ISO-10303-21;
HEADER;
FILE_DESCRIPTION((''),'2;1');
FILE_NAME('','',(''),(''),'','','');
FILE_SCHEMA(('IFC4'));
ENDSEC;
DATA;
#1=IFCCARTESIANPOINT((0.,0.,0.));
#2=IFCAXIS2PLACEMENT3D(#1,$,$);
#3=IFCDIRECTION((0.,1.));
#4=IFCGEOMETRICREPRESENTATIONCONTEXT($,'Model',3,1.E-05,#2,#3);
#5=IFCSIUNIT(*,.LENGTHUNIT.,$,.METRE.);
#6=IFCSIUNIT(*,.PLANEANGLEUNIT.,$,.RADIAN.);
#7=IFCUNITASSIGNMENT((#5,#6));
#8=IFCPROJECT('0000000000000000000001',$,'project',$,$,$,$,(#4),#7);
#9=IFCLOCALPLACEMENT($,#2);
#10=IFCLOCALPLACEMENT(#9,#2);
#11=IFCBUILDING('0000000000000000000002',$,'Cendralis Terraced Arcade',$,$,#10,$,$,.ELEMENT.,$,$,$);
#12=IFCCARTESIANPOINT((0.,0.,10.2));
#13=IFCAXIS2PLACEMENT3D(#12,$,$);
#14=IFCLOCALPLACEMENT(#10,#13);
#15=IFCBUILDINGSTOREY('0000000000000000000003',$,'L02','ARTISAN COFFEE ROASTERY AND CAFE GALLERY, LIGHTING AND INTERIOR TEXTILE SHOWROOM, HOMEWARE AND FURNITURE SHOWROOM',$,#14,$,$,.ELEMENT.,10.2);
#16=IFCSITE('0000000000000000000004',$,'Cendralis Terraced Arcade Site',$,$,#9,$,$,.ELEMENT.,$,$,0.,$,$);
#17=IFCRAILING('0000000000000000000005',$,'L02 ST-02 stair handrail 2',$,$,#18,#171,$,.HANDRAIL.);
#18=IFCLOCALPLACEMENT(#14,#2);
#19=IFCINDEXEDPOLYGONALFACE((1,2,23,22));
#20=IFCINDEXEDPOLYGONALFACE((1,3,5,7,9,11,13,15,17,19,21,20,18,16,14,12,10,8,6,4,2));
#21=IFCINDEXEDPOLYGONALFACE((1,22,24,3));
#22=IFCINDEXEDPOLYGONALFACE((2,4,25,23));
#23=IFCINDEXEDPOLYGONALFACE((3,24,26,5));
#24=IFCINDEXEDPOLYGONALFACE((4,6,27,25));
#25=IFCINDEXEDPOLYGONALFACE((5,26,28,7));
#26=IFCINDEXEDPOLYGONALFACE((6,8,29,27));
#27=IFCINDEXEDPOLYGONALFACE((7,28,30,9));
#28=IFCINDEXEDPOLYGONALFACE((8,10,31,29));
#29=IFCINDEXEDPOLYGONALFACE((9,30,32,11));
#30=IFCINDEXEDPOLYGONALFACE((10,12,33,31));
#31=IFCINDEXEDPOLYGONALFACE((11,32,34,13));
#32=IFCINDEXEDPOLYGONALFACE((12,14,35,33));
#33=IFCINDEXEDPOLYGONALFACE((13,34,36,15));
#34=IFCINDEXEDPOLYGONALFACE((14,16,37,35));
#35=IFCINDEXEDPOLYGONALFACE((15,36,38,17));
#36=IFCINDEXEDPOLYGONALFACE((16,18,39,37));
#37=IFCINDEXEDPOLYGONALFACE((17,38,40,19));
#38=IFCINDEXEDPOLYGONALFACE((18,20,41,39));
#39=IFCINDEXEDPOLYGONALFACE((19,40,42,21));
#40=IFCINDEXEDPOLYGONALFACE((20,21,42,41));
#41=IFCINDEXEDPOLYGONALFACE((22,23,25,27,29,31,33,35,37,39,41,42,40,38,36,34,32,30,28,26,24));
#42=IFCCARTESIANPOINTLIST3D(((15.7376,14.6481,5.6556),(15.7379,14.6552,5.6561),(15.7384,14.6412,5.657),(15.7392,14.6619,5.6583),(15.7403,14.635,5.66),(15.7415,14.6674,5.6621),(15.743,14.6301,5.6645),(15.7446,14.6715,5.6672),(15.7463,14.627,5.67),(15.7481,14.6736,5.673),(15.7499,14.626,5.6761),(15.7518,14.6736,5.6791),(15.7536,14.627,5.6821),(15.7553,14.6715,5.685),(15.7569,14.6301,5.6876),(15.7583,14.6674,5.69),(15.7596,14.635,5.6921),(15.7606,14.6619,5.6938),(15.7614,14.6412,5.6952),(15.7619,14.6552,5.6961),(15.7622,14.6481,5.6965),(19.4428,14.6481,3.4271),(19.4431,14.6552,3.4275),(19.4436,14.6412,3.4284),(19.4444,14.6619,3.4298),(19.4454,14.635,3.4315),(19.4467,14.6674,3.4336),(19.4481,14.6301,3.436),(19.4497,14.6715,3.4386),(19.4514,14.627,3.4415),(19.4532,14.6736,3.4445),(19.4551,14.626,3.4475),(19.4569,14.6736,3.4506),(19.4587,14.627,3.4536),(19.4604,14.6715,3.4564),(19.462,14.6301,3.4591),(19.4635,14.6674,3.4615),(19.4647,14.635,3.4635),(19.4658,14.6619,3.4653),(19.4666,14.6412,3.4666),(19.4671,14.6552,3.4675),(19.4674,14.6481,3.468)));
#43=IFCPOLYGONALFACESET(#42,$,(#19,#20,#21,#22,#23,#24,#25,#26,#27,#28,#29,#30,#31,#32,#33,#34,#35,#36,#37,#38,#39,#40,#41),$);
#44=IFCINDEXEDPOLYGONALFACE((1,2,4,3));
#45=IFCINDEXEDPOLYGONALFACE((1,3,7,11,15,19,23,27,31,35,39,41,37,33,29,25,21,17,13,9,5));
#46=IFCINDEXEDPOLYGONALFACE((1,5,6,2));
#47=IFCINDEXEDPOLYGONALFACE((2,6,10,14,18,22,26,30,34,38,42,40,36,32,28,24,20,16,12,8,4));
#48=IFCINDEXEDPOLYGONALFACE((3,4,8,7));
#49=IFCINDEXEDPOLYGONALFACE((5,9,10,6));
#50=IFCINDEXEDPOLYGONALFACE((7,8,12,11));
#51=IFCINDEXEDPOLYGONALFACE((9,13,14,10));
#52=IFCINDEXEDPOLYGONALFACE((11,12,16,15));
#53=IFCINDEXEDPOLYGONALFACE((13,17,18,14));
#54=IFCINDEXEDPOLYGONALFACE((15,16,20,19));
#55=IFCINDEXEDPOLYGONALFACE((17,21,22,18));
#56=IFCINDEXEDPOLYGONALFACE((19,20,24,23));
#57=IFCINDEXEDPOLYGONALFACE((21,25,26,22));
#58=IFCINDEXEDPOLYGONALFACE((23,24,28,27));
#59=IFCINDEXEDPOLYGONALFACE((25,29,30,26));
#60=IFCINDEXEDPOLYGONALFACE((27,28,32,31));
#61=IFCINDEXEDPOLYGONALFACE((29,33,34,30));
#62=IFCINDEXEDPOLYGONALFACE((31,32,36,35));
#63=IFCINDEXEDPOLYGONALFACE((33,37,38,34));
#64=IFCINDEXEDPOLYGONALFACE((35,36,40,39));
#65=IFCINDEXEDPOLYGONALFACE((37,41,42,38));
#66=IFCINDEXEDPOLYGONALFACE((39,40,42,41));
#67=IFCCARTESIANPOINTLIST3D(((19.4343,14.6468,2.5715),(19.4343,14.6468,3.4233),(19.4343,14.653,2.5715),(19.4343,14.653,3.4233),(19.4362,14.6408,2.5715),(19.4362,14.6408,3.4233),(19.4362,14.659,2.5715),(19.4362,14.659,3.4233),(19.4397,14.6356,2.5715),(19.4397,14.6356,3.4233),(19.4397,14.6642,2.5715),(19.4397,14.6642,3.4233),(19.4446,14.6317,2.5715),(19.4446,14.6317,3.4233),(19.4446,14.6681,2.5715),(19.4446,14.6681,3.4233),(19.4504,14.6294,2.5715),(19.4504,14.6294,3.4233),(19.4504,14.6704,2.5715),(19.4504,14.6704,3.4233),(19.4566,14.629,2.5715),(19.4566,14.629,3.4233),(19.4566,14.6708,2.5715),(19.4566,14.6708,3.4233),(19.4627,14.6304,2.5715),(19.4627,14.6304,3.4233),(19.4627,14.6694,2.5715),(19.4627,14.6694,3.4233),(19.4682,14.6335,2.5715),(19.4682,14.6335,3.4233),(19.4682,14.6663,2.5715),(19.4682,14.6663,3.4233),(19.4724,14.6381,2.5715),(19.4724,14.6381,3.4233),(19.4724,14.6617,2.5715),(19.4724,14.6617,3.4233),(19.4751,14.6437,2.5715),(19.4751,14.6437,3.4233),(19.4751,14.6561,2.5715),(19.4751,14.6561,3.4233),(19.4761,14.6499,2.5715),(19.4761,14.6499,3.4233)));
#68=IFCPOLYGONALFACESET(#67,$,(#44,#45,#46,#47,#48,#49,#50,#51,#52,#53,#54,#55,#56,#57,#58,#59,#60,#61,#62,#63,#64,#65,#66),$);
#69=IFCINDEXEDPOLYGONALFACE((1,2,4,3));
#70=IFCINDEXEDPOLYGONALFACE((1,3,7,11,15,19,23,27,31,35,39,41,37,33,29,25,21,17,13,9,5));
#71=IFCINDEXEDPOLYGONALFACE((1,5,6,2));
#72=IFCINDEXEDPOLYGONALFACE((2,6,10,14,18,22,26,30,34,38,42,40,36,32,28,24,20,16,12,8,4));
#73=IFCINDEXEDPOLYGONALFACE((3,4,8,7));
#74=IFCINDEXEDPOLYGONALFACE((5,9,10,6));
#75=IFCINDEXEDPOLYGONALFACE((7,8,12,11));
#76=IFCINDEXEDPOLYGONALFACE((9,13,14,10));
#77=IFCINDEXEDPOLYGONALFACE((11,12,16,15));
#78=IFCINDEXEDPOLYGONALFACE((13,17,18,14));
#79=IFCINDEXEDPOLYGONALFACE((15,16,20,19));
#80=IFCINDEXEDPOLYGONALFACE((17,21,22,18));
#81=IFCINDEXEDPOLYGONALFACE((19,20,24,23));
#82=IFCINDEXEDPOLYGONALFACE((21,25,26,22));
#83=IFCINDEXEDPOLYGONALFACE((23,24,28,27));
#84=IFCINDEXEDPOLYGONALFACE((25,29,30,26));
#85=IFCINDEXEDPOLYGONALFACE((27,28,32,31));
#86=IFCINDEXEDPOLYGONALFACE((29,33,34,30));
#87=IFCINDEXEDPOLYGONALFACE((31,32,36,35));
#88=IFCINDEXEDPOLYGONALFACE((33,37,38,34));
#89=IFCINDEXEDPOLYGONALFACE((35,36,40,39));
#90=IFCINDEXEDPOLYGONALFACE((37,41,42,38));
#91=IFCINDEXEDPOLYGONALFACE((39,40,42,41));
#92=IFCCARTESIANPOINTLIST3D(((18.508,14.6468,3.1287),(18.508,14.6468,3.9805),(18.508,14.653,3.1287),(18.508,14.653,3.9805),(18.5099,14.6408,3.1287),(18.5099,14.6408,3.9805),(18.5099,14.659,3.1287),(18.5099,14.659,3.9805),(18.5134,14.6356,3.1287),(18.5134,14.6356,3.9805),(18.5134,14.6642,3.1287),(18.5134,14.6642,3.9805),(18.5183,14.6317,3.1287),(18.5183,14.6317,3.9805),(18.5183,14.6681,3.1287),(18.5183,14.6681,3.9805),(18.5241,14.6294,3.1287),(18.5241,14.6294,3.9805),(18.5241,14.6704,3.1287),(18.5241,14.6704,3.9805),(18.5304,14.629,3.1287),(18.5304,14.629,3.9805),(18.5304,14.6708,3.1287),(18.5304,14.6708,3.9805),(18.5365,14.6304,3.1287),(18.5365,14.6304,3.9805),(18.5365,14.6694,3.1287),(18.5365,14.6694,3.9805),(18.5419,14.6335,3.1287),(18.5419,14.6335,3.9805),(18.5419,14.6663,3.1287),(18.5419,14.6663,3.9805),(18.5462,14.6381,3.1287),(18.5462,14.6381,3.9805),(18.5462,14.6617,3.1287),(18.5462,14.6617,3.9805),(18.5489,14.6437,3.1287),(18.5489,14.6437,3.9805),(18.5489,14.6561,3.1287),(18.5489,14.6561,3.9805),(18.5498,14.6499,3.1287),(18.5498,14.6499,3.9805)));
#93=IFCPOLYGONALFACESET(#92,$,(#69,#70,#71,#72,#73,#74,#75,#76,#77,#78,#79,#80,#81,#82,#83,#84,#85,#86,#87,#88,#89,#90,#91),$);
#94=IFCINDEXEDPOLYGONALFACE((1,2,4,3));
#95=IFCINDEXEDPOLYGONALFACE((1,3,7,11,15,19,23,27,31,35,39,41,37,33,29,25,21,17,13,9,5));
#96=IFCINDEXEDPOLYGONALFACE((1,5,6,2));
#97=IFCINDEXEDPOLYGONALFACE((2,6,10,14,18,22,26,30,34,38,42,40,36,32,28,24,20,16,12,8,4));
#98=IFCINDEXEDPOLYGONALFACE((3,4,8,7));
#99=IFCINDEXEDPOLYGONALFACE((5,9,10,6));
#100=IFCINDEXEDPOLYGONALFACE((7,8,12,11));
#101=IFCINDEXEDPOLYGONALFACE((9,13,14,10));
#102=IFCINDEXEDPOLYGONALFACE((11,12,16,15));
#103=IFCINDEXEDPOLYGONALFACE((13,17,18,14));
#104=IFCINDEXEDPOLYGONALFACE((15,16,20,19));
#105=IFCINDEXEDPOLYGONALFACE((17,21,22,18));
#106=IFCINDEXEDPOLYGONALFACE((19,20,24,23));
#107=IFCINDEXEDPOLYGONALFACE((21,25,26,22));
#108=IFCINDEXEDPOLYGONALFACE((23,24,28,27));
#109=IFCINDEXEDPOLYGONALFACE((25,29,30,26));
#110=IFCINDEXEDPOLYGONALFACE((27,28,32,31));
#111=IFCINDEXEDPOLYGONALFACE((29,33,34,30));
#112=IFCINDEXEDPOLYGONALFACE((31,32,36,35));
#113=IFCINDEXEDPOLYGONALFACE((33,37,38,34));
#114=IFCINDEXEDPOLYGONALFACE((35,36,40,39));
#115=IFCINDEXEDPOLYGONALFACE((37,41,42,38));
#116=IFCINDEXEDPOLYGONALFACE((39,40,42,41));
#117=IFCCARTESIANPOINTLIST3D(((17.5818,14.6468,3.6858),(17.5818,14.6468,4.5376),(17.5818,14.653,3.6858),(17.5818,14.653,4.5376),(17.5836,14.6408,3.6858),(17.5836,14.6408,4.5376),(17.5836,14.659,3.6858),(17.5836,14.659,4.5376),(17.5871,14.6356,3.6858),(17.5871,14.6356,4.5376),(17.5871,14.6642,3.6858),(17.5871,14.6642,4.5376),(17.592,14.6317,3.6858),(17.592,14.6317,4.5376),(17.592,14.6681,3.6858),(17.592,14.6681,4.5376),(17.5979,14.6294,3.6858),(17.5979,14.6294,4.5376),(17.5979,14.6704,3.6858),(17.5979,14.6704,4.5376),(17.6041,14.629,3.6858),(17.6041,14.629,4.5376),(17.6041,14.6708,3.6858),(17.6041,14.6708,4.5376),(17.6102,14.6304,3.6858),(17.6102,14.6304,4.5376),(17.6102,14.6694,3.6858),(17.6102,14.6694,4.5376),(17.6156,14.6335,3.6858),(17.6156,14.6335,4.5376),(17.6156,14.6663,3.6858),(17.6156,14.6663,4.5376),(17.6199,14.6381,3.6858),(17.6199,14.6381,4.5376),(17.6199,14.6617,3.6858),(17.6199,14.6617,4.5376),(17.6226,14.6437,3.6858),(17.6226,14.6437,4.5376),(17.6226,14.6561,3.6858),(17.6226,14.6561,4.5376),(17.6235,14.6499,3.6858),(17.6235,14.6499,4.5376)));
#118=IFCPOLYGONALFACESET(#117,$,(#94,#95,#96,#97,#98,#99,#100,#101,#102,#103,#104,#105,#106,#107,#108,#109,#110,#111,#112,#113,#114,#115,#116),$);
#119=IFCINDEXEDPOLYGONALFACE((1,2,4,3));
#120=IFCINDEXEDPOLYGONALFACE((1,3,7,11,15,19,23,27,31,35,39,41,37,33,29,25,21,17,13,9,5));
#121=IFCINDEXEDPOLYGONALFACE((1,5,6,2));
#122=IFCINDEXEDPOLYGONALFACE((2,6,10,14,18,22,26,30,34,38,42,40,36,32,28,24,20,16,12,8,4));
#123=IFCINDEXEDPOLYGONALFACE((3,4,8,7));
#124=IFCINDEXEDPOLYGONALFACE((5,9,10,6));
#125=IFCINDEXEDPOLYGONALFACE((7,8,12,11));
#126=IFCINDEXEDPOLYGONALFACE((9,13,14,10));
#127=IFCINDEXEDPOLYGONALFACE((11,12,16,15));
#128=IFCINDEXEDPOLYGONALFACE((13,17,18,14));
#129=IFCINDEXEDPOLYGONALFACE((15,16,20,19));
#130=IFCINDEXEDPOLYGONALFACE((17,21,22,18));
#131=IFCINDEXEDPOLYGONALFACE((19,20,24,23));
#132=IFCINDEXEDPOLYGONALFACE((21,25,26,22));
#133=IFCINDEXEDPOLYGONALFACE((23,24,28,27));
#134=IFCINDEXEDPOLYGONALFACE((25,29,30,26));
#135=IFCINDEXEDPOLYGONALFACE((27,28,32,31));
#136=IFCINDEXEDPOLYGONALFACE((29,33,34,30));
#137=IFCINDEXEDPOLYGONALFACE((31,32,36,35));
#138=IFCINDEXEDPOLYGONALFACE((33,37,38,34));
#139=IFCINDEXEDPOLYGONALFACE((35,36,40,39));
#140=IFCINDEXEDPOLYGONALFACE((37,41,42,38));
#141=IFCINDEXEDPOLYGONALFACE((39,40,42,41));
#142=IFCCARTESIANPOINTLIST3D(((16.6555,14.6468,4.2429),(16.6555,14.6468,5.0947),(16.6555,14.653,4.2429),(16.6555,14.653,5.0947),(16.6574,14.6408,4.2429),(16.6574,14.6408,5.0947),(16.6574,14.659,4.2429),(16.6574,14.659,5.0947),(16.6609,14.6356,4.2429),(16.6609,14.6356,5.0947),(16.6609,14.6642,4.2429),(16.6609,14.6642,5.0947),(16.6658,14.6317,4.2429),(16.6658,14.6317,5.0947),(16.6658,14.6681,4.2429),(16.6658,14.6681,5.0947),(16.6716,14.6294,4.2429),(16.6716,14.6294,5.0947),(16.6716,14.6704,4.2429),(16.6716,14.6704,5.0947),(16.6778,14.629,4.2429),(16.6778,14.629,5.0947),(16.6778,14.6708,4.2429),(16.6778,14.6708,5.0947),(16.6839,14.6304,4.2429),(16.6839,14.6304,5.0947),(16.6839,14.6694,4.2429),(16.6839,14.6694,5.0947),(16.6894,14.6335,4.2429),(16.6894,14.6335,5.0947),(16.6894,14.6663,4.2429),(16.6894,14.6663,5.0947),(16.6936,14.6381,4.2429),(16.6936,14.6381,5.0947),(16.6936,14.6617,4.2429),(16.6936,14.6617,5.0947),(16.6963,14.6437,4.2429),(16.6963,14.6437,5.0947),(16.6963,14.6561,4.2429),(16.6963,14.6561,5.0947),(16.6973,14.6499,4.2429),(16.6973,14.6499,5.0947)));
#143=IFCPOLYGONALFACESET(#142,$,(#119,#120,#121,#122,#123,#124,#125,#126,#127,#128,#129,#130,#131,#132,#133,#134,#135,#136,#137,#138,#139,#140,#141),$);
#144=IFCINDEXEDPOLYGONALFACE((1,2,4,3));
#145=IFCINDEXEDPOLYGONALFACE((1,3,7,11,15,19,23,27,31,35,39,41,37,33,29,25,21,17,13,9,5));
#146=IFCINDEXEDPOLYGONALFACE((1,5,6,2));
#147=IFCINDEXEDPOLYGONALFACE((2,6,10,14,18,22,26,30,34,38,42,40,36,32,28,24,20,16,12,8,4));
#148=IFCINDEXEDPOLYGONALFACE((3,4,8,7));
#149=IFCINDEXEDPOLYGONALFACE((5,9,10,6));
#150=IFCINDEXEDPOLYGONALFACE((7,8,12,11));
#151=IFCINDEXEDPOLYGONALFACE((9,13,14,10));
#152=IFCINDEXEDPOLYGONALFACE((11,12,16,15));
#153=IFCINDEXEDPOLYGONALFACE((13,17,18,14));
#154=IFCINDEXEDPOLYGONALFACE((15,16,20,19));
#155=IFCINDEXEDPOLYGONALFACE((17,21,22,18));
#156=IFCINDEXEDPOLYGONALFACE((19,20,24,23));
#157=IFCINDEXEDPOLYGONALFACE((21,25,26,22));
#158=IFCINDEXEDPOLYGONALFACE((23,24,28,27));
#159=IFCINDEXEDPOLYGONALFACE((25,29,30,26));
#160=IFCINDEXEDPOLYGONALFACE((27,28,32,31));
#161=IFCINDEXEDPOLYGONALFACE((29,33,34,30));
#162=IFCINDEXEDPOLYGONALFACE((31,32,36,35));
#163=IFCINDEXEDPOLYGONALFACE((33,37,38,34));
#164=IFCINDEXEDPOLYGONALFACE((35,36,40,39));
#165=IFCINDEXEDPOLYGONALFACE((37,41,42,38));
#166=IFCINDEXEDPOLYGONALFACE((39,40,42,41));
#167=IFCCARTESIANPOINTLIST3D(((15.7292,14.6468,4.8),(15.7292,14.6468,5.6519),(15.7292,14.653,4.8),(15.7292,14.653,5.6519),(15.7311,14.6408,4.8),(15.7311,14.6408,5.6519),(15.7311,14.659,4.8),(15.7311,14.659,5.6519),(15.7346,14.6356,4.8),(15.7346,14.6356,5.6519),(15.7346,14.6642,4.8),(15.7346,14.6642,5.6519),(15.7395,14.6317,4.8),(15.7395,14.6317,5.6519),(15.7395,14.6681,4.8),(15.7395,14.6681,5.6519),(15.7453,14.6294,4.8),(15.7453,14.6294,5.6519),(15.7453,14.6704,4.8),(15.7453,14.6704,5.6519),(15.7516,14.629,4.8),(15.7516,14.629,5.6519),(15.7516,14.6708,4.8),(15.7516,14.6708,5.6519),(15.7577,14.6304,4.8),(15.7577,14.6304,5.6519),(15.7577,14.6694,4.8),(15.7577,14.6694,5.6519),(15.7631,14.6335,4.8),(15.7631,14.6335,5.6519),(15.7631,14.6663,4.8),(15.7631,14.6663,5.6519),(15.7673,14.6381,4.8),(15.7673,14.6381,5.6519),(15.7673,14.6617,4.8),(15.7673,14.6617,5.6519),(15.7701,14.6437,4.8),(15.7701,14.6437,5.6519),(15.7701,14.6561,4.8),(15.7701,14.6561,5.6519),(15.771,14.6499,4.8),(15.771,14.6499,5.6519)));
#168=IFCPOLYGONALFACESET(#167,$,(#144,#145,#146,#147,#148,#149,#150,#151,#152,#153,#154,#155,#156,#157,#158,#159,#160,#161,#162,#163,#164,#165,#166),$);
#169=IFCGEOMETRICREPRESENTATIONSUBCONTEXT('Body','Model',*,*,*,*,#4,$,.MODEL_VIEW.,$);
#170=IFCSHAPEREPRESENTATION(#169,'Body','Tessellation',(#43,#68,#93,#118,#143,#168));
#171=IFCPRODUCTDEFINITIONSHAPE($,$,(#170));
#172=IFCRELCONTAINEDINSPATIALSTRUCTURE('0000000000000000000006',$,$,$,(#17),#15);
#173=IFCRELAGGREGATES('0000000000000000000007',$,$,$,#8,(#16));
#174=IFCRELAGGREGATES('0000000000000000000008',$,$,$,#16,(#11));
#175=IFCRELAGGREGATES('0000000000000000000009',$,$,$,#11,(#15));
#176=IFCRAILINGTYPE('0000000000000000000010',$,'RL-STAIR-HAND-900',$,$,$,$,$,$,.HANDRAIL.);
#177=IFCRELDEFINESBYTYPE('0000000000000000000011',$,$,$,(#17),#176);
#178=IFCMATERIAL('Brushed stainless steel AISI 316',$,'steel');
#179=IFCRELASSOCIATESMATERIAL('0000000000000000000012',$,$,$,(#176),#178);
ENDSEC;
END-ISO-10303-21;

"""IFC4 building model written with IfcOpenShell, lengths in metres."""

from ifc_helpers import new_model, si_unit, direction, frame, origin, origin_2d, place, context, subcontext, project, spatial, circle, extrude, material, type_object, element, save


model = new_model("IFC4")

# Units and contexts
model_context = context("Model", 3, precision=1e-05, world=origin(), true_north=direction((0.0, 1.0)))
body_context = subcontext(model_context, "Body", "Model", "MODEL_VIEW")
ifc_project = project(units=[si_unit("LENGTHUNIT", "METRE"), si_unit("PLANEANGLEUNIT", "RADIAN")], contexts=[model_context])

# Site, building, storey
site_placement = place(None, origin())
site = spatial("IfcSite", under=ifc_project, at=site_placement, Name="Cendralis Terraced Arcade Site", CompositionType="ELEMENT", RefElevation=0.0)
building_placement = place(site_placement, origin())
building = spatial("IfcBuilding", under=site, at=building_placement, Name="Cendralis Terraced Arcade", CompositionType="ELEMENT")
storey_placement = place(building_placement, frame((0.0, 0.0, 10.2)))
storey = spatial("IfcBuildingStorey", under=building, at=storey_placement, Name="L02", Description="ARTISAN COFFEE ROASTERY AND CAFE GALLERY, LIGHTING AND INTERIOR TEXTILE SHOWROOM, HOMEWARE AND FURNITURE SHOWROOM", CompositionType="ELEMENT", Elevation=10.2)

# Railing
ifc_material_1 = material(Name="Brushed stainless steel AISI 316", Category="steel")
railing_type_1 = type_object("IfcRailingType", Name="RL-STAIR-HAND-900", PredefinedType="HANDRAIL", material=ifc_material_1)
railing_1_placement = place(storey_placement, frame((19.4551, 14.6499, 2.5715)))
element("IfcRailing", 1, at=railing_1_placement, inside=storey, type_object=railing_type_1, Name="L02 ST-02 stair handrail 2", PredefinedType="HANDRAIL", context=body_context, shape_type="SweptSolid", body=[
    extrude(circle(Radius=0.0239, at=origin_2d()), frame((0.0, 0.0, 0.876), z_axis=(-0.856934, 0.0, 0.515425), x_axis=(0.0, -1.0, 0.0)), (0.0, 0.0, 1.0), 4.3237),
    extrude(circle(Radius=0.021, at=origin_2d()), origin(), (0.0, 0.0, 1.0), 0.8518),
    extrude(circle(Radius=0.021, at=origin_2d()), frame((-0.9263, 0.0, 0.5571)), (0.0, 0.0, 1.0), 0.8518),
    extrude(circle(Radius=0.021, at=origin_2d()), frame((-1.8525, 0.0, 1.1143)), (0.0, 0.0, 1.0), 0.8518),
    extrude(circle(Radius=0.021, at=origin_2d()), frame((-2.7788, 0.0, 1.6714)), (0.0, 0.0, 1.0), 0.8518),
    extrude(circle(Radius=0.021, at=origin_2d()), frame((-3.7051, 0.0, 2.2285)), (0.0, 0.0, 1.0), 0.8518),
])

save(model, "model.ifc")
